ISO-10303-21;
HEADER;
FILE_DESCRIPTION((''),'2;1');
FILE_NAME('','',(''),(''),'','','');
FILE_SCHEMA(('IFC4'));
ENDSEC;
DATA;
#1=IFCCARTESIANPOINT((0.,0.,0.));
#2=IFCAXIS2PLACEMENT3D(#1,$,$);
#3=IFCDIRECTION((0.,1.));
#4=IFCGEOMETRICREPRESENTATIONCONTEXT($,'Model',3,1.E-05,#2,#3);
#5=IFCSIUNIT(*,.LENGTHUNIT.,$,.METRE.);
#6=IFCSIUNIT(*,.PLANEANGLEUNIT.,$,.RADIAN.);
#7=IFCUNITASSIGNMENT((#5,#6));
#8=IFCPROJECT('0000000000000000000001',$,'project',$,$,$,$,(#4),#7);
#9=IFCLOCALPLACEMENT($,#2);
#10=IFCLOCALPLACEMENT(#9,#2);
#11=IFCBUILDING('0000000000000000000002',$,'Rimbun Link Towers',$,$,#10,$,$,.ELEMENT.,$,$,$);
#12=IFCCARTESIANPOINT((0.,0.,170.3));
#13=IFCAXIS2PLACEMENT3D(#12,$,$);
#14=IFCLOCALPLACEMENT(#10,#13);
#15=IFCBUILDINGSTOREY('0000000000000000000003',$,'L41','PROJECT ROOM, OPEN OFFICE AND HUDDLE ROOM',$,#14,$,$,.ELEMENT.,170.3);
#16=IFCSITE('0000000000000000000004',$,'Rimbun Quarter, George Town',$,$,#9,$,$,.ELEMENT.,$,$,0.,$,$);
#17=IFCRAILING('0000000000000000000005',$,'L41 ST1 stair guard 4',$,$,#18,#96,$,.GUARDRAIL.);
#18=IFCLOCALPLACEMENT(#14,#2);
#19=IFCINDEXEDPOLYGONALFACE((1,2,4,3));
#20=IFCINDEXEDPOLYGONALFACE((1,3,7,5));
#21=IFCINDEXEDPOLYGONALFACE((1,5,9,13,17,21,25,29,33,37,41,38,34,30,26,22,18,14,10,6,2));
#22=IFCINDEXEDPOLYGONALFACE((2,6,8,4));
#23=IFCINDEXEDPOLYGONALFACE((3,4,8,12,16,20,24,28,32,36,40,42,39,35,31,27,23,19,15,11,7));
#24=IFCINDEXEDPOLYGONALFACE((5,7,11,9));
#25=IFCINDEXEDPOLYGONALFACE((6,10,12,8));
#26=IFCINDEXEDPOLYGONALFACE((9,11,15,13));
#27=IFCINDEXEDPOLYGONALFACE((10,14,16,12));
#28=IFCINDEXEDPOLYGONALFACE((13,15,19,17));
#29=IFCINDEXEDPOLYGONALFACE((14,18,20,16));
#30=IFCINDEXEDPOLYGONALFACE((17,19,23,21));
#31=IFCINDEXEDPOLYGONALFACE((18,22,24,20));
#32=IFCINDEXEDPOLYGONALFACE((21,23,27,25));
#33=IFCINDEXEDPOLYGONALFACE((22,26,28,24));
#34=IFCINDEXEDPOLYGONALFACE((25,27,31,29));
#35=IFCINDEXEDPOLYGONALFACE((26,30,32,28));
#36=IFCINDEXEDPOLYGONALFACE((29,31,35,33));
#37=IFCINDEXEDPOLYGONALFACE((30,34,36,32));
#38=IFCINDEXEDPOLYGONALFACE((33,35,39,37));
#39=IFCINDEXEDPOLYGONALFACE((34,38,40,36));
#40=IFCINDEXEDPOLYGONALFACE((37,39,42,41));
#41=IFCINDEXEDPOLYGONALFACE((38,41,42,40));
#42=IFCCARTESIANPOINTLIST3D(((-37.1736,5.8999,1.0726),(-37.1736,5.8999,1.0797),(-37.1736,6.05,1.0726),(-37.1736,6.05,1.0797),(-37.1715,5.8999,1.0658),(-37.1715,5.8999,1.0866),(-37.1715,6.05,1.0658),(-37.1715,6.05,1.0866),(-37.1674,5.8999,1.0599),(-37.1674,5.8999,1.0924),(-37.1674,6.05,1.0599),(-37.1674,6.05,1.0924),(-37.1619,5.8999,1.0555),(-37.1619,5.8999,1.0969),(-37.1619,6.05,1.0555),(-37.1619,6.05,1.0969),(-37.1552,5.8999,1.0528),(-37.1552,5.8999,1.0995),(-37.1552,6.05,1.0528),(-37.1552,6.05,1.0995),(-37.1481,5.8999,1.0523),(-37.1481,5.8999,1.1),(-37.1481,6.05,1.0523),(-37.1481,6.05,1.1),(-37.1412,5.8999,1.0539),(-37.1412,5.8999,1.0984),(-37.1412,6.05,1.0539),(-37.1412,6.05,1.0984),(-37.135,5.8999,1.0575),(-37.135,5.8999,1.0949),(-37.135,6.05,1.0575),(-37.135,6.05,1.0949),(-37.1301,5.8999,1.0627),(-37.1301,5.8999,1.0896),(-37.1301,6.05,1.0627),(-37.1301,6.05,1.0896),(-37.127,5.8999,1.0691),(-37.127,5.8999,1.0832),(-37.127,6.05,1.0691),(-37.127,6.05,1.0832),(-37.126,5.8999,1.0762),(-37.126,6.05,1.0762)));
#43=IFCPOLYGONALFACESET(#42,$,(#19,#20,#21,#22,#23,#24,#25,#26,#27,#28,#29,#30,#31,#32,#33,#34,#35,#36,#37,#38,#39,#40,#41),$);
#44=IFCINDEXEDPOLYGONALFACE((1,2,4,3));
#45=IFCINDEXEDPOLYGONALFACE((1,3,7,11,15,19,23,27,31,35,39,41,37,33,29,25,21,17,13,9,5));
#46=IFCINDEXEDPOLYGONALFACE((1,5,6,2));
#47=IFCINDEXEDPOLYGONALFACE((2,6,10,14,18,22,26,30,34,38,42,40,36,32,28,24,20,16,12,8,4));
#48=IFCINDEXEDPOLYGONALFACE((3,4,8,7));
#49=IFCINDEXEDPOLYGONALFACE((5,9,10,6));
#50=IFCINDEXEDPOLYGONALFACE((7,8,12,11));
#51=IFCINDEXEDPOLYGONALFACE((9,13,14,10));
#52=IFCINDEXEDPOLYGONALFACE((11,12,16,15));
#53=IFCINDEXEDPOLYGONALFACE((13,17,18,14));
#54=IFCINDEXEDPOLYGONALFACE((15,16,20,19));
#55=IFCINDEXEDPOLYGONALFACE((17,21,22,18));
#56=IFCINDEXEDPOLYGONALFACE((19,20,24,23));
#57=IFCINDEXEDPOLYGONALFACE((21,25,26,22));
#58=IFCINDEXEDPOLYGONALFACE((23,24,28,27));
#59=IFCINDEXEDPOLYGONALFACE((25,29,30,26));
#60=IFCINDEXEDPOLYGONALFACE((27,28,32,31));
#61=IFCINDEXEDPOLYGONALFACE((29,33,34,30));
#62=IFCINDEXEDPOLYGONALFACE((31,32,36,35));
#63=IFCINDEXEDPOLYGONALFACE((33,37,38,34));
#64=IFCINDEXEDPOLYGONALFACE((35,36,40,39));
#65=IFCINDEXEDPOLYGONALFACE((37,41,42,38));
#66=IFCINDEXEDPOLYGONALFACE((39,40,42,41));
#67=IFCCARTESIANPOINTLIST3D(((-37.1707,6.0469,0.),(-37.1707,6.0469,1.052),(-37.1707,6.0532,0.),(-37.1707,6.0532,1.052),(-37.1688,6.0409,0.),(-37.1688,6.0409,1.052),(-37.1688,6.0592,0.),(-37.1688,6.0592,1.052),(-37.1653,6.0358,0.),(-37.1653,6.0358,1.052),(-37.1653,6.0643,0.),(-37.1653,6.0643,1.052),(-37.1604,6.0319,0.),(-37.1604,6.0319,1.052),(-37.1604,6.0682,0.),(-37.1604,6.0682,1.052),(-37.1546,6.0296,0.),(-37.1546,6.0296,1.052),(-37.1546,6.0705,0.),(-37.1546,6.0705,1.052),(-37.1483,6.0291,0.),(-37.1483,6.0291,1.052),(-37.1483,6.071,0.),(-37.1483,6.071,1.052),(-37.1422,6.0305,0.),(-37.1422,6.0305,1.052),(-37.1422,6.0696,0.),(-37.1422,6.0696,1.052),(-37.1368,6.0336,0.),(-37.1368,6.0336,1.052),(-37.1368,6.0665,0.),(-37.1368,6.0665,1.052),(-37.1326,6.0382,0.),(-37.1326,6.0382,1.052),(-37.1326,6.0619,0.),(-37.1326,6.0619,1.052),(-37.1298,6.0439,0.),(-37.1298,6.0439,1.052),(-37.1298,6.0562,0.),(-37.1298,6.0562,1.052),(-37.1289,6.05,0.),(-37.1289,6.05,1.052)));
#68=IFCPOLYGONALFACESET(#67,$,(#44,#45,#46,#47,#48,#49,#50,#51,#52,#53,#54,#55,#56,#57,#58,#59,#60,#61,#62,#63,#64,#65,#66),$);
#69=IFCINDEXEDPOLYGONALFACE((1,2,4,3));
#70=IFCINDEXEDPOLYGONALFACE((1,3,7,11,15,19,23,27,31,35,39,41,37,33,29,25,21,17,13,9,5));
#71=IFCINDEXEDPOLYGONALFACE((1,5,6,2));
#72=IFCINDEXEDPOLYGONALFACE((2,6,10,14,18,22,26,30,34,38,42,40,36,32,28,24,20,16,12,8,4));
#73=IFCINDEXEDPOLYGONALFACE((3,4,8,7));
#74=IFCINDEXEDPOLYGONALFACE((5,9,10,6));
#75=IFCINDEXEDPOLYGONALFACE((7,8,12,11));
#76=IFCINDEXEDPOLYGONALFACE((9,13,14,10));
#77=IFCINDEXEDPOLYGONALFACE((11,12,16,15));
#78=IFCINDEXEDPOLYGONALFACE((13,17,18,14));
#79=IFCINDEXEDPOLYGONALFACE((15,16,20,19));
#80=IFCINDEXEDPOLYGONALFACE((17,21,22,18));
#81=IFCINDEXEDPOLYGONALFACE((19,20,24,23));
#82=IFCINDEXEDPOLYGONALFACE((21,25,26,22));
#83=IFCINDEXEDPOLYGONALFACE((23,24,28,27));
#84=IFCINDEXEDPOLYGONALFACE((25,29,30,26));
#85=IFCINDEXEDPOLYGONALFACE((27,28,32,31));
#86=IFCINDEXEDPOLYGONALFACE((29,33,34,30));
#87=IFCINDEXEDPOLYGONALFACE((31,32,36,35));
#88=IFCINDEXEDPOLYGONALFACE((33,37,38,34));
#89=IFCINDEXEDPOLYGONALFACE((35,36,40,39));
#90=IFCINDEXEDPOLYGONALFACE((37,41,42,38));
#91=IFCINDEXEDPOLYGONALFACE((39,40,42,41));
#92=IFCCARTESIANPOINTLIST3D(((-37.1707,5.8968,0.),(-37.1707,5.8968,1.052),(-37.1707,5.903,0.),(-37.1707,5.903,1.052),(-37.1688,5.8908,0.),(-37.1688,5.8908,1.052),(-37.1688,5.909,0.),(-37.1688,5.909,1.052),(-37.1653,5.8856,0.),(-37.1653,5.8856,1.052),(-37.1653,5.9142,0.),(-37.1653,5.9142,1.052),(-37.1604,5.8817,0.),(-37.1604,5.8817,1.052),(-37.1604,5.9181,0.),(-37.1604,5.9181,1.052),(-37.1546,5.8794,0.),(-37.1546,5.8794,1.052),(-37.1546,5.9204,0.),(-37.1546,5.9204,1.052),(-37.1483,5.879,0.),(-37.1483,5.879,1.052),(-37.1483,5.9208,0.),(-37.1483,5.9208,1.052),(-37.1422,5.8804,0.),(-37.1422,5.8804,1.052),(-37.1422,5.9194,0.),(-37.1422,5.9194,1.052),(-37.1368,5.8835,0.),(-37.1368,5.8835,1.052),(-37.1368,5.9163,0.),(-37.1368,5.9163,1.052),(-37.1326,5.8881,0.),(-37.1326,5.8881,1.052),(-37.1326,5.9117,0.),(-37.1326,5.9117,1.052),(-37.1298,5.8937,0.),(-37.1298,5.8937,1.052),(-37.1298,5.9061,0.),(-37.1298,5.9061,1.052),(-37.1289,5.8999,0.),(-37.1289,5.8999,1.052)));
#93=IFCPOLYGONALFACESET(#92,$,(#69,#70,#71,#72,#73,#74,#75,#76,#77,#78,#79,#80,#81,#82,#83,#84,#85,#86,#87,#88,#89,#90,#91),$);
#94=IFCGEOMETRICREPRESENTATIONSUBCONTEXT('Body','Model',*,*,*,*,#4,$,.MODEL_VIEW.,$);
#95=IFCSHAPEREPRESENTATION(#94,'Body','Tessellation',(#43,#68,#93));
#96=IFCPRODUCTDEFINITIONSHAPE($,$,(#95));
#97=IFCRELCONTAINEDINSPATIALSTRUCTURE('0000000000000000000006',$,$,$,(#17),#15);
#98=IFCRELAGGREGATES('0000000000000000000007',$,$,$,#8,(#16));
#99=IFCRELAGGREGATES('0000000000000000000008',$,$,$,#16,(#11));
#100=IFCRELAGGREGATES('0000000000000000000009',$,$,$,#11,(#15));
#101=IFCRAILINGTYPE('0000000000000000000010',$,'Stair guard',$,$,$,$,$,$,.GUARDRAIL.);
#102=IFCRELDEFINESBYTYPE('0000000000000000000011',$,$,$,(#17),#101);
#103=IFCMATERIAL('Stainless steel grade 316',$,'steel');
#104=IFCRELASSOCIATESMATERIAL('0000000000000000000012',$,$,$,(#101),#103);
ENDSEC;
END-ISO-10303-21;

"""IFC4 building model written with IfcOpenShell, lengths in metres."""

from ifc_helpers import new_model, si_unit, direction, frame, origin, origin_2d, place, context, subcontext, project, spatial, circle, extrude, material, type_object, element, save


model = new_model("IFC4")

# Units and contexts
model_context = context("Model", 3, precision=1e-05, world=origin(), true_north=direction((0.0, 1.0)))
body_context = subcontext(model_context, "Body", "Model", "MODEL_VIEW")
ifc_project = project(units=[si_unit("LENGTHUNIT", "METRE"), si_unit("PLANEANGLEUNIT", "RADIAN")], contexts=[model_context])

# Site, building, storey
site_placement = place(None, origin())
site = spatial("IfcSite", under=ifc_project, at=site_placement, Name="Rimbun Quarter, George Town", CompositionType="ELEMENT", RefElevation=0.0)
building_placement = place(site_placement, origin())
building = spatial("IfcBuilding", under=site, at=building_placement, Name="Rimbun Link Towers", CompositionType="ELEMENT")
storey_placement = place(building_placement, frame((0.0, 0.0, 170.3)))
storey = spatial("IfcBuildingStorey", under=building, at=storey_placement, Name="L41", Description="PROJECT ROOM, OPEN OFFICE AND HUDDLE ROOM", CompositionType="ELEMENT", Elevation=170.3)

# Railing
ifc_material_1 = material(Name="Stainless steel grade 316", Category="steel")
railing_type_1 = type_object("IfcRailingType", Name="Stair guard", PredefinedType="GUARDRAIL", material=ifc_material_1)
railing_1_placement = place(storey_placement, frame((-37.1499, 6.05, 0.0)))
element("IfcRailing", 1, at=railing_1_placement, inside=storey, type_object=railing_type_1, Name="L41 ST1 stair guard 4", PredefinedType="GUARDRAIL", context=body_context, shape_type="SweptSolid", body=[
    extrude(circle(Radius=0.0239, at=origin_2d()), frame((0.0, 0.0, 1.0762), z_axis=(0.0, -1.0, 0.0), x_axis=(1.0, 0.0, 0.0)), (0.0, 0.0, 1.0), 0.1501),
    extrude(circle(Radius=0.021, at=origin_2d()), origin(), (0.0, 0.0, 1.0), 1.052),
    extrude(circle(Radius=0.021, at=origin_2d()), frame((0.0, -0.1501, 0.0)), (0.0, 0.0, 1.0), 1.052),
])

save(model, "model.ifc")
